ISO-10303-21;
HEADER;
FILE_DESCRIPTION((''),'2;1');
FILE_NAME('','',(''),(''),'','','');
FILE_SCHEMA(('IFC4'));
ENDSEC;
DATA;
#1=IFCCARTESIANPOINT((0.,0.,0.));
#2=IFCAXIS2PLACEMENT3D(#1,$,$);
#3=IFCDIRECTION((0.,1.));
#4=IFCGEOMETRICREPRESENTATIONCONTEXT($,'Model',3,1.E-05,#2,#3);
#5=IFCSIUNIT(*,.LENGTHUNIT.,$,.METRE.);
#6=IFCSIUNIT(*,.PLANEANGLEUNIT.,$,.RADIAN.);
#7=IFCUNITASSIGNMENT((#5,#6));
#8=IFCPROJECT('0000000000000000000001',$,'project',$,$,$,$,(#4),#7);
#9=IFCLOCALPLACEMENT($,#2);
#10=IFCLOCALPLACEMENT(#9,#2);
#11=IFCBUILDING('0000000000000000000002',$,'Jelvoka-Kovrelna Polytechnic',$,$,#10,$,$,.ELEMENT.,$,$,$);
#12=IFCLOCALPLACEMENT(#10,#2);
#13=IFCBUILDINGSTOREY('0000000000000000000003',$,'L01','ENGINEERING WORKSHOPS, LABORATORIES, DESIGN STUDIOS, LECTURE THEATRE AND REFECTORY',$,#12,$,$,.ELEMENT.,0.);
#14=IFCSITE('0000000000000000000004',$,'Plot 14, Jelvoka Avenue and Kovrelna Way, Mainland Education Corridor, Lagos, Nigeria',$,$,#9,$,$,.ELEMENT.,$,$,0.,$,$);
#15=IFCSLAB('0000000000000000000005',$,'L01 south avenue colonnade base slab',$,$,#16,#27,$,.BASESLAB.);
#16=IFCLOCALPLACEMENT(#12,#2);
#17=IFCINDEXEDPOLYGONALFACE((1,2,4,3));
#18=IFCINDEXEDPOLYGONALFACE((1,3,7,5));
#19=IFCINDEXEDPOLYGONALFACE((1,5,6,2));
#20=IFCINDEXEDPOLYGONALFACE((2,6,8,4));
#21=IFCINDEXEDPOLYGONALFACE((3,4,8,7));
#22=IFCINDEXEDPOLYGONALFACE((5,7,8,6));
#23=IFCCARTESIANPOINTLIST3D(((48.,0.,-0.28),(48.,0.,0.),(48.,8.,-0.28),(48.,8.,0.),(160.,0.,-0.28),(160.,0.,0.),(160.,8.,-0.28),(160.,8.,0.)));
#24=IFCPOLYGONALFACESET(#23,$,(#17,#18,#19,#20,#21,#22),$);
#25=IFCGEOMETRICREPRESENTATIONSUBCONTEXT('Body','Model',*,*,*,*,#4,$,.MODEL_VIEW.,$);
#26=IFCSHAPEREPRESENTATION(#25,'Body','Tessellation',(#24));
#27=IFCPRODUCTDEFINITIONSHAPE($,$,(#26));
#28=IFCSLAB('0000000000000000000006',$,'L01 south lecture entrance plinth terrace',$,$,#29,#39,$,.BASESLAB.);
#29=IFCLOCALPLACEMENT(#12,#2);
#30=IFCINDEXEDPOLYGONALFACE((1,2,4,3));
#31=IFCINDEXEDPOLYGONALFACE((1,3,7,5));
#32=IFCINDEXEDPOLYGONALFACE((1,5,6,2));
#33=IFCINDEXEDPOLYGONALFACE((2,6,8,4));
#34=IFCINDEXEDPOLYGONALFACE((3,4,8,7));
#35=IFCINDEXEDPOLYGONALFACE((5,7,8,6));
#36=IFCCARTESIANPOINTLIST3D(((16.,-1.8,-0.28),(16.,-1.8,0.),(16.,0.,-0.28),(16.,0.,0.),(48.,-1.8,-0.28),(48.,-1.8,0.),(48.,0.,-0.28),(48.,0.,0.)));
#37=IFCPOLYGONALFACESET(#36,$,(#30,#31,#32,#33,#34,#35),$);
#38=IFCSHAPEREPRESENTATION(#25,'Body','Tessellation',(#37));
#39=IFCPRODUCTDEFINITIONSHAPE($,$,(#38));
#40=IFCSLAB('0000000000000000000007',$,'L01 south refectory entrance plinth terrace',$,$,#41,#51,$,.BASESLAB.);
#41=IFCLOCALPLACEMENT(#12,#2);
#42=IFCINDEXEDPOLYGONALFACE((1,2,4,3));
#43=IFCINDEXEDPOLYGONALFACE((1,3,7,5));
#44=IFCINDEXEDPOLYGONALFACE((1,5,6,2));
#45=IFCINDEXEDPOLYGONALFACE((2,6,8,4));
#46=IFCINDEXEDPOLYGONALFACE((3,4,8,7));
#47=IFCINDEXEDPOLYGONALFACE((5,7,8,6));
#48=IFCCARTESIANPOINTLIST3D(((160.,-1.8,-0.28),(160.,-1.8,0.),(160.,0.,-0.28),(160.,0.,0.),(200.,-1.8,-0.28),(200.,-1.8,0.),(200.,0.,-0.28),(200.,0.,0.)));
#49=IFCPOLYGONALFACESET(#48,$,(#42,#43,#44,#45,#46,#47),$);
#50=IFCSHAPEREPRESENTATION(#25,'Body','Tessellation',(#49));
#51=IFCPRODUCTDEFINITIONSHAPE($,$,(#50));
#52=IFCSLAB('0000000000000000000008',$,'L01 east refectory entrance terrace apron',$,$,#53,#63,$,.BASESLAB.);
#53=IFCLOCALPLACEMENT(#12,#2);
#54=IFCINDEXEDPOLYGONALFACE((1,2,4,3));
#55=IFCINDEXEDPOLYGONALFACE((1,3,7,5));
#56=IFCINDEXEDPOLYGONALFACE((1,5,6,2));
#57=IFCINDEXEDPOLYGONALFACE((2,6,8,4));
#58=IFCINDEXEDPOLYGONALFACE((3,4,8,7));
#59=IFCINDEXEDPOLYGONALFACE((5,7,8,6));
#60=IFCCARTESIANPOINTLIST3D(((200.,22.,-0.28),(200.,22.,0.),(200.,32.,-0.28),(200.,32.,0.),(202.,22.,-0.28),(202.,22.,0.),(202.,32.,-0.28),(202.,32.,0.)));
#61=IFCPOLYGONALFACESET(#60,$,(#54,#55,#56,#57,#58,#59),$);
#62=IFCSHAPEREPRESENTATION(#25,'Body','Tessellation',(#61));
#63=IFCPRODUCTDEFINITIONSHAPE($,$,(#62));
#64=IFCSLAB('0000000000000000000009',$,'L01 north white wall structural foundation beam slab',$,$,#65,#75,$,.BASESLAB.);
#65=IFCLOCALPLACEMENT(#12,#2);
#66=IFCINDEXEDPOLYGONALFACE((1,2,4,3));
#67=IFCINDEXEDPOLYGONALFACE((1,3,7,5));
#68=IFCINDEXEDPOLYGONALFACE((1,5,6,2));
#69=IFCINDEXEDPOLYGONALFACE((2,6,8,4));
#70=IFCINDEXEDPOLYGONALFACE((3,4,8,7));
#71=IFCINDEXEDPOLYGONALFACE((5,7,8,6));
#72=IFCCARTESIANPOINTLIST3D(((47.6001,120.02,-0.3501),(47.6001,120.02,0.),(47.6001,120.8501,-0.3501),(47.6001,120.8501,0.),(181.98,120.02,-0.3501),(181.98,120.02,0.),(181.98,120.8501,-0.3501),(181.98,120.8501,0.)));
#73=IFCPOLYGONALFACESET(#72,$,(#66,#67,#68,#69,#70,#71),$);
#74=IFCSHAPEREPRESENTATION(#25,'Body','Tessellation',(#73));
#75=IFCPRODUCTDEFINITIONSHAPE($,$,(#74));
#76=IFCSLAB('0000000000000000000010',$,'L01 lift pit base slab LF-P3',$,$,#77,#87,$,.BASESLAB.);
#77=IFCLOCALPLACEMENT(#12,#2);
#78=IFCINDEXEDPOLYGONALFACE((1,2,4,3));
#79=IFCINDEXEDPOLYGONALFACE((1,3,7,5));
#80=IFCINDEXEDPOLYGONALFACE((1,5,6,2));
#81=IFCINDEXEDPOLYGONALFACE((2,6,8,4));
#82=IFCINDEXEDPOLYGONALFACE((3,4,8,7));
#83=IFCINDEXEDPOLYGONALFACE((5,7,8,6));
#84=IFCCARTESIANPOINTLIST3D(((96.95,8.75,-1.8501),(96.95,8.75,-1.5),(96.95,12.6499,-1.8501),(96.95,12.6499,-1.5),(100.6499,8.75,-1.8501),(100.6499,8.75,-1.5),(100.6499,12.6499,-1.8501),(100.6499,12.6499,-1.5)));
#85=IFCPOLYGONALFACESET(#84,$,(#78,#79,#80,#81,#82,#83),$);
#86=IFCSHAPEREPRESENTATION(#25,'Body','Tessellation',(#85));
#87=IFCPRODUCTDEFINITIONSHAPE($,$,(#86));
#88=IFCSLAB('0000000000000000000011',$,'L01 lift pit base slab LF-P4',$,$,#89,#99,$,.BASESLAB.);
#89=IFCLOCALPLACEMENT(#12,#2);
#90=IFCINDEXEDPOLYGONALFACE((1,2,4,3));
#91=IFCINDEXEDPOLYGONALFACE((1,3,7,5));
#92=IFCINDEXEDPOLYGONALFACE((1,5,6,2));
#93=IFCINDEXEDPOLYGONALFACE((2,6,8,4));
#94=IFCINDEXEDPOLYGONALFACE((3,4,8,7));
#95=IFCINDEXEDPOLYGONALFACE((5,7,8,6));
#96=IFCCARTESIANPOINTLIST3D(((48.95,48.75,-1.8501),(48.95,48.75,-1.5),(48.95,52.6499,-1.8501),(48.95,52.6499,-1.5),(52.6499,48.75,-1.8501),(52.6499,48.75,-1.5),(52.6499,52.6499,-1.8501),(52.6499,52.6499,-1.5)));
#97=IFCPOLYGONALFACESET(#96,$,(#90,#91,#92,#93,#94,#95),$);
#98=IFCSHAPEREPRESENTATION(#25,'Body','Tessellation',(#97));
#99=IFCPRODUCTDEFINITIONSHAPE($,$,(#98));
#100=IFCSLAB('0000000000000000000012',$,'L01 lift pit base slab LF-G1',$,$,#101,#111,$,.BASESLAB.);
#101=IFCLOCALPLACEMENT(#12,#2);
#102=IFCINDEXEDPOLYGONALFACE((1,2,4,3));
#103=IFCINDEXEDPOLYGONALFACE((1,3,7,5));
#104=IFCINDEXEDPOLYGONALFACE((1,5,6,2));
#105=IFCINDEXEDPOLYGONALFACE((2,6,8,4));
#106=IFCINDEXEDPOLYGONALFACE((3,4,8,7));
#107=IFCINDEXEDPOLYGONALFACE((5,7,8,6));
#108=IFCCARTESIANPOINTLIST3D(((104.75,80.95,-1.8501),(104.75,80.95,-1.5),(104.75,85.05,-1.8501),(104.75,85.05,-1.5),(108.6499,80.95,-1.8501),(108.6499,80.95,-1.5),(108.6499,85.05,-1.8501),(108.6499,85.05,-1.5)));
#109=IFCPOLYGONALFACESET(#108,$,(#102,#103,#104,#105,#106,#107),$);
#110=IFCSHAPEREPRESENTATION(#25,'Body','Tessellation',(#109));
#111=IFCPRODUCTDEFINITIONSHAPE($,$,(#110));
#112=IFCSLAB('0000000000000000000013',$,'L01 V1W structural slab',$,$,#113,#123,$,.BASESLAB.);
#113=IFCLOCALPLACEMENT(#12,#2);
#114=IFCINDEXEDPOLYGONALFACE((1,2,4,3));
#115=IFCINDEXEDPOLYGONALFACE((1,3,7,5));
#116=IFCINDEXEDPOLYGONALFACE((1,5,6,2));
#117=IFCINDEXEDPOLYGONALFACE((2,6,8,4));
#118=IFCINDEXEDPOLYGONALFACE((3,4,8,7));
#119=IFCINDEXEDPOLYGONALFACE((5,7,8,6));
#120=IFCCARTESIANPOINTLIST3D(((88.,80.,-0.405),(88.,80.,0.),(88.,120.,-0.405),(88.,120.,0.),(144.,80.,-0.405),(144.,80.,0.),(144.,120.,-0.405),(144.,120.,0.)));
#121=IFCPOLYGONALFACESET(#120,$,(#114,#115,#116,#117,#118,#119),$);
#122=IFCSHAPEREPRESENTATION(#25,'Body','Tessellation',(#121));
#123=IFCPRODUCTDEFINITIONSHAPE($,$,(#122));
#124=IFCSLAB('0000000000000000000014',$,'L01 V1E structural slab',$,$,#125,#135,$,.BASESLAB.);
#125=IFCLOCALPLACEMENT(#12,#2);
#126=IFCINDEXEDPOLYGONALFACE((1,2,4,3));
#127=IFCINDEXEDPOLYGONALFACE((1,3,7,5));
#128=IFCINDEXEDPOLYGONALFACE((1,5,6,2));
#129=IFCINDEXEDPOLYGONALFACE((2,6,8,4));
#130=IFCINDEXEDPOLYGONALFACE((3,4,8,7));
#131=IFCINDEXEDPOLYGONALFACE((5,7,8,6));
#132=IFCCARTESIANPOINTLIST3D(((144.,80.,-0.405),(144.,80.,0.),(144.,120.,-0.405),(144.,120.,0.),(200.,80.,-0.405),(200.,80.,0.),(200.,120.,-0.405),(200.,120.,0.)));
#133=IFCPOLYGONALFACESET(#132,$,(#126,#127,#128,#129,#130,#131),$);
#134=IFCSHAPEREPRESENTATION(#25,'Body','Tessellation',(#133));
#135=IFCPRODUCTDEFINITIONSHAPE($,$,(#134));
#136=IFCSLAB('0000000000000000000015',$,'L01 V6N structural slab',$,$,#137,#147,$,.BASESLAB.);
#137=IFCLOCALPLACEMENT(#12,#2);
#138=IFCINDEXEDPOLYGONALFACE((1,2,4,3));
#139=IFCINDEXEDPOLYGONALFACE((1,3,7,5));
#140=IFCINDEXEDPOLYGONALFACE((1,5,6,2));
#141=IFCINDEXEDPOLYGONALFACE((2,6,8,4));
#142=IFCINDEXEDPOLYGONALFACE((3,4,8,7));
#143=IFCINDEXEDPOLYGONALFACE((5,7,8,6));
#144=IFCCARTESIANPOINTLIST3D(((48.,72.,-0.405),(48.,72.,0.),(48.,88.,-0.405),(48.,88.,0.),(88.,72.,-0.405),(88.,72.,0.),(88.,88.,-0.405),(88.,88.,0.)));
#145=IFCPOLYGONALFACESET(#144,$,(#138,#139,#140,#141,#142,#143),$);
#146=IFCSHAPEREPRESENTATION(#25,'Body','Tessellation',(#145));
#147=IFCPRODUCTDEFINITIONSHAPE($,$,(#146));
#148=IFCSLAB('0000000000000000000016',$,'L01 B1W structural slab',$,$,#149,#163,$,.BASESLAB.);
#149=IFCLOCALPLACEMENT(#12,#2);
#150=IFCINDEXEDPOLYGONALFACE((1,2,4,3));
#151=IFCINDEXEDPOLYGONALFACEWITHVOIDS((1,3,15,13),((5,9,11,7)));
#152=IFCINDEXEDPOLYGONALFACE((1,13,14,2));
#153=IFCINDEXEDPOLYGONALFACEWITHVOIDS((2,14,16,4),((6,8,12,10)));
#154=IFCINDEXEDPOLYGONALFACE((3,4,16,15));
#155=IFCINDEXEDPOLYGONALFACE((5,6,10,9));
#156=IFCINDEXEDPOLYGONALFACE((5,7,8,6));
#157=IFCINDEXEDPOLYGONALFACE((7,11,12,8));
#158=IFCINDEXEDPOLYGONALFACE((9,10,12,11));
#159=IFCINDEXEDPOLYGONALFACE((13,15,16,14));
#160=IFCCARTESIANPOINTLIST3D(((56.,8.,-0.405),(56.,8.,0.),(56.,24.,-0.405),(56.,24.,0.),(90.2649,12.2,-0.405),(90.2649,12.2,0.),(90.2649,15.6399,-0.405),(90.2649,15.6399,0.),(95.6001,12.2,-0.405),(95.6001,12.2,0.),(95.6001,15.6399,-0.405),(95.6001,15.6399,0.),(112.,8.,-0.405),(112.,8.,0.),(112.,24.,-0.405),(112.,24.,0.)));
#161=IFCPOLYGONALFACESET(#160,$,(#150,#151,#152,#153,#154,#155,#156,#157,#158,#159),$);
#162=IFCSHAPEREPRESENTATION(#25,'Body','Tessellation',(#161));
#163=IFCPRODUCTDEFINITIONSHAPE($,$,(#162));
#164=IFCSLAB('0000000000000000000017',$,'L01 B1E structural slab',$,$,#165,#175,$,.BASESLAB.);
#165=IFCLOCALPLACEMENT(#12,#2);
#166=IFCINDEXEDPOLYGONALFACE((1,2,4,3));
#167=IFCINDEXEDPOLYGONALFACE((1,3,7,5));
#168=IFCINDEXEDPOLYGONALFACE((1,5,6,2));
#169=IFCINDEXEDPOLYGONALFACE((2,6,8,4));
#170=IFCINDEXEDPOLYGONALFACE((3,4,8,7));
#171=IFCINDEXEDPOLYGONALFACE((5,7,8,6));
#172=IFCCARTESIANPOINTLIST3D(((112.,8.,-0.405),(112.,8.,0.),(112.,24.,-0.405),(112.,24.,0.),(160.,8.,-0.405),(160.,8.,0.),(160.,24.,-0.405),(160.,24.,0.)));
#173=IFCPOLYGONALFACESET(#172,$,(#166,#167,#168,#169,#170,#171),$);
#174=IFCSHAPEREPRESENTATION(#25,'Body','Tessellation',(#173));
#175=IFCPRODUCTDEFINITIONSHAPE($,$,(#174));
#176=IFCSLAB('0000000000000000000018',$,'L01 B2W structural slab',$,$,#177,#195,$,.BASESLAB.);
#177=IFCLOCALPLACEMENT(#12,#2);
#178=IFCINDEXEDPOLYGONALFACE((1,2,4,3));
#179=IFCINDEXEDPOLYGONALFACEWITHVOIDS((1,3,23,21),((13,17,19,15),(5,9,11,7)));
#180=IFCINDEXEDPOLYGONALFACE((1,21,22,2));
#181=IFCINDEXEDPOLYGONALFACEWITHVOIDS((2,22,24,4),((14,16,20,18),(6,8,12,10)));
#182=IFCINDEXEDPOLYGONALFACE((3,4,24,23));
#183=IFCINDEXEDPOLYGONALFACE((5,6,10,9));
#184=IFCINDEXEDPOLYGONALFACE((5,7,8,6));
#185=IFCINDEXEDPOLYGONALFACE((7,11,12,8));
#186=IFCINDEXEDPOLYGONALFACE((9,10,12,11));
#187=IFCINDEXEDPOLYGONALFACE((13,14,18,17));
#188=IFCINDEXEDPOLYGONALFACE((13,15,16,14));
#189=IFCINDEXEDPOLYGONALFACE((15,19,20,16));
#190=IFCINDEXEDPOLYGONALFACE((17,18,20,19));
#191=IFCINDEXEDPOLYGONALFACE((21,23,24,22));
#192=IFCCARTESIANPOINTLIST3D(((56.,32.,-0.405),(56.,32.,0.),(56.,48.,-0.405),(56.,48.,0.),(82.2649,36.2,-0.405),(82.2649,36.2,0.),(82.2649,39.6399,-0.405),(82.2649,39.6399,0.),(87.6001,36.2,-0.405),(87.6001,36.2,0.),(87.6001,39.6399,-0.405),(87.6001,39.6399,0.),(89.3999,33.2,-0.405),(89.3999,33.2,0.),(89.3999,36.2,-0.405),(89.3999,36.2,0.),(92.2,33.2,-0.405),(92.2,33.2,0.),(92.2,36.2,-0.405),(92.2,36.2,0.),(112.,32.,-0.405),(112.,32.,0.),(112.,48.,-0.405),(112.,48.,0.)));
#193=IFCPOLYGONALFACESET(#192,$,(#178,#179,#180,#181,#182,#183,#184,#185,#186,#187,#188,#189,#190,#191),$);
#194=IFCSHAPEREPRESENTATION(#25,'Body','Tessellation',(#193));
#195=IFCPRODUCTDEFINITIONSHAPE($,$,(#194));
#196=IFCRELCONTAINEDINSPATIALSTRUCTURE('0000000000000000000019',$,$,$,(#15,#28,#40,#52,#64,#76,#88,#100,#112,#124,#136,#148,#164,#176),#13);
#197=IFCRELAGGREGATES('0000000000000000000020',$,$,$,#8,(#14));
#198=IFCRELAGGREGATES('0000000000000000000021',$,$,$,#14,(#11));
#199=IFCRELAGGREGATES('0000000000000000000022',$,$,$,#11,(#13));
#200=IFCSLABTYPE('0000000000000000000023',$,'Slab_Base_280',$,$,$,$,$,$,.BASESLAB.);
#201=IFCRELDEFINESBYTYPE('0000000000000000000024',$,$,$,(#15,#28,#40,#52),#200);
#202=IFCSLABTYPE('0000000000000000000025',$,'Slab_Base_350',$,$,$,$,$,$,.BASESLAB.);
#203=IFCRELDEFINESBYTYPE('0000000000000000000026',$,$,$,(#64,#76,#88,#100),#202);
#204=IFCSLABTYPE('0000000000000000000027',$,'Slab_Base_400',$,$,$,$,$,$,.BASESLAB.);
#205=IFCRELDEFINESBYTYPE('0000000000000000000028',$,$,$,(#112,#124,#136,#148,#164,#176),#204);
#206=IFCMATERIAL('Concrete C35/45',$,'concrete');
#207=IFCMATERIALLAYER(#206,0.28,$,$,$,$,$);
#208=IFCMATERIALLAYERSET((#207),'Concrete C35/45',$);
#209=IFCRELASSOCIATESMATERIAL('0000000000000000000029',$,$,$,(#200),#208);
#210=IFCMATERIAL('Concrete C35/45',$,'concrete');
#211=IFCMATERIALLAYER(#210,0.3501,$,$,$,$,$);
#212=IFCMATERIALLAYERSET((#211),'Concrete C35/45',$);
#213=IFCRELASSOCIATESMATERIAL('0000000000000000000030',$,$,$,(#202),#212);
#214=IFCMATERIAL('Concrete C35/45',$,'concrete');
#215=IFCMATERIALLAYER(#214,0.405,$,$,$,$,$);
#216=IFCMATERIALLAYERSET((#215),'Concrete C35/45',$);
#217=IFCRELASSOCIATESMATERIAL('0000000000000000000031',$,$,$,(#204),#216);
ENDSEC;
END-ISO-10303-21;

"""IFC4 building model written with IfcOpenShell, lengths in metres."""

from ifc_helpers import new_model, si_unit, direction, frame, origin, place, context, subcontext, project, spatial, polyline, outline, extrude, material, layer, layer_set, type_object, element, save


model = new_model("IFC4")

# Units and contexts
model_context = context("Model", 3, precision=1e-05, world=origin(), true_north=direction((0.0, 1.0)))
body_context = subcontext(model_context, "Body", "Model", "MODEL_VIEW")
ifc_project = project(units=[si_unit("LENGTHUNIT", "METRE"), si_unit("PLANEANGLEUNIT", "RADIAN")], contexts=[model_context])

# Site, building, storey
site_placement = place(None, origin())
site = spatial("IfcSite", under=ifc_project, at=site_placement, Name="Plot 14, Jelvoka Avenue and Kovrelna Way, Mainland Education Corridor, Lagos, Nigeria", CompositionType="ELEMENT", RefElevation=0.0)
building_placement = place(site_placement, origin())
building = spatial("IfcBuilding", under=site, at=building_placement, Name="Jelvoka-Kovrelna Polytechnic", CompositionType="ELEMENT")
storey_placement = place(building_placement, origin())
storey = spatial("IfcBuildingStorey", under=building, at=storey_placement, Name="L01", Description="ENGINEERING WORKSHOPS, LABORATORIES, DESIGN STUDIOS, LECTURE THEATRE AND REFECTORY", CompositionType="ELEMENT", Elevation=0.0)

# Slabs
ifc_material_1 = material(Name="Concrete C35/45", Category="concrete")
ifc_layer_1 = layer(ifc_material_1, 0.28)
ifc_layer_set_1 = layer_set([ifc_layer_1], Name="Concrete C35/45")
slab_type_1 = type_object("IfcSlabType", Name="Slab_Base_280", PredefinedType="BASESLAB", material=ifc_layer_set_1)
slab_1_placement = place(storey_placement, frame((0.0, 0.0, -0.28)))
element("IfcSlab", 1, at=slab_1_placement, inside=storey, type_object=slab_type_1, Name="L01 south avenue colonnade base slab", PredefinedType="BASESLAB", context=body_context, shape_type="SweptSolid", body=[
    extrude(outline(polyline([(48.0, 0.0), (160.0, 0.0), (160.0, 8.0), (48.0, 8.0), (48.0, 0.0)])), origin(), (0.0, 0.0, 1.0), 0.28),
])
slab_2_placement = place(storey_placement, frame((0.0, 0.0, -0.28)))
element("IfcSlab", 2, at=slab_2_placement, inside=storey, type_object=slab_type_1, Name="L01 south lecture entrance plinth terrace", PredefinedType="BASESLAB", context=body_context, shape_type="SweptSolid", body=[
    extrude(outline(polyline([(16.0, -1.8), (48.0, -1.8), (48.0, 0.0), (16.0, 0.0), (16.0, -1.8)])), origin(), (0.0, 0.0, 1.0), 0.28),
])
slab_3_placement = place(storey_placement, frame((0.0, 0.0, -0.28)))
element("IfcSlab", 3, at=slab_3_placement, inside=storey, type_object=slab_type_1, Name="L01 south refectory entrance plinth terrace", PredefinedType="BASESLAB", context=body_context, shape_type="SweptSolid", body=[
    extrude(outline(polyline([(160.0, -1.8), (200.0, -1.8), (200.0, 0.0), (160.0, 0.0), (160.0, -1.8)])), origin(), (0.0, 0.0, 1.0), 0.28),
])
slab_4_placement = place(storey_placement, frame((0.0, 0.0, -0.28)))
element("IfcSlab", 4, at=slab_4_placement, inside=storey, type_object=slab_type_1, Name="L01 east refectory entrance terrace apron", PredefinedType="BASESLAB", context=body_context, shape_type="SweptSolid", body=[
    extrude(outline(polyline([(200.0, 22.0), (202.0, 22.0), (202.0, 32.0), (200.0, 32.0), (200.0, 22.0)])), origin(), (0.0, 0.0, 1.0), 0.28),
])
ifc_material_2 = material(Name="Concrete C35/45", Category="concrete")
ifc_layer_2 = layer(ifc_material_2, 0.3501)
ifc_layer_set_2 = layer_set([ifc_layer_2], Name="Concrete C35/45")
slab_type_2 = type_object("IfcSlabType", Name="Slab_Base_350", PredefinedType="BASESLAB", material=ifc_layer_set_2)
slab_5_placement = place(storey_placement, frame((0.0, 0.0, -0.3501)))
element("IfcSlab", 5, at=slab_5_placement, inside=storey, type_object=slab_type_2, Name="L01 north white wall structural foundation beam slab", PredefinedType="BASESLAB", context=body_context, shape_type="SweptSolid", body=[
    extrude(outline(polyline([(47.6001, 120.02), (181.98, 120.02), (181.98, 120.8501), (47.6001, 120.8501), (47.6001, 120.02)])), origin(), (0.0, 0.0, 1.0), 0.3501),
])
slab_6_placement = place(storey_placement, frame((0.0, 0.0, -1.8501)))
element("IfcSlab", 6, at=slab_6_placement, inside=storey, type_object=slab_type_2, Name="L01 lift pit base slab LF-P3", PredefinedType="BASESLAB", context=body_context, shape_type="SweptSolid", body=[
    extrude(outline(polyline([(96.95, 8.75), (100.6499, 8.75), (100.6499, 12.6499), (96.95, 12.6499), (96.95, 8.75)])), origin(), (0.0, 0.0, 1.0), 0.3501),
])
slab_7_placement = place(storey_placement, frame((0.0, 0.0, -1.8501)))
element("IfcSlab", 7, at=slab_7_placement, inside=storey, type_object=slab_type_2, Name="L01 lift pit base slab LF-P4", PredefinedType="BASESLAB", context=body_context, shape_type="SweptSolid", body=[
    extrude(outline(polyline([(48.95, 48.75), (52.6499, 48.75), (52.6499, 52.6499), (48.95, 52.6499), (48.95, 48.75)])), origin(), (0.0, 0.0, 1.0), 0.3501),
])
slab_8_placement = place(storey_placement, frame((0.0, 0.0, -1.8501)))
element("IfcSlab", 8, at=slab_8_placement, inside=storey, type_object=slab_type_2, Name="L01 lift pit base slab LF-G1", PredefinedType="BASESLAB", context=body_context, shape_type="SweptSolid", body=[
    extrude(outline(polyline([(104.75, 80.95), (108.6499, 80.95), (108.6499, 85.05), (104.75, 85.05), (104.75, 80.95)])), origin(), (0.0, 0.0, 1.0), 0.3501),
])
ifc_material_3 = material(Name="Concrete C35/45", Category="concrete")
ifc_layer_3 = layer(ifc_material_3, 0.405)
ifc_layer_set_3 = layer_set([ifc_layer_3], Name="Concrete C35/45")
slab_type_3 = type_object("IfcSlabType", Name="Slab_Base_400", PredefinedType="BASESLAB", material=ifc_layer_set_3)
slab_9_placement = place(storey_placement, frame((0.0, 0.0, -0.405)))
element("IfcSlab", 9, at=slab_9_placement, inside=storey, type_object=slab_type_3, Name="L01 V1W structural slab", PredefinedType="BASESLAB", context=body_context, shape_type="SweptSolid", body=[
    extrude(outline(polyline([(88.0, 80.0), (144.0, 80.0), (144.0, 120.0), (88.0, 120.0), (88.0, 80.0)])), origin(), (0.0, 0.0, 1.0), 0.405),
])
slab_10_placement = place(storey_placement, frame((0.0, 0.0, -0.405)))
element("IfcSlab", 10, at=slab_10_placement, inside=storey, type_object=slab_type_3, Name="L01 V1E structural slab", PredefinedType="BASESLAB", context=body_context, shape_type="SweptSolid", body=[
    extrude(outline(polyline([(144.0, 80.0), (200.0, 80.0), (200.0, 120.0), (144.0, 120.0), (144.0, 80.0)])), origin(), (0.0, 0.0, 1.0), 0.405),
])
slab_11_placement = place(storey_placement, frame((0.0, 0.0, -0.405)))
element("IfcSlab", 11, at=slab_11_placement, inside=storey, type_object=slab_type_3, Name="L01 V6N structural slab", PredefinedType="BASESLAB", context=body_context, shape_type="SweptSolid", body=[
    extrude(outline(polyline([(48.0, 72.0), (88.0, 72.0), (88.0, 88.0), (48.0, 88.0), (48.0, 72.0)])), origin(), (0.0, 0.0, 1.0), 0.405),
])
slab_12_placement = place(storey_placement, frame((0.0, 0.0, -0.405)))
element("IfcSlab", 12, at=slab_12_placement, inside=storey, type_object=slab_type_3, Name="L01 B1W structural slab", PredefinedType="BASESLAB", context=body_context, shape_type="SweptSolid", body=[
    extrude(outline(polyline([(56.0, 8.0), (112.0, 8.0), (112.0, 24.0), (56.0, 24.0), (56.0, 8.0)]), holes=[polyline([(90.2649, 12.2), (95.6001, 12.2), (95.6001, 15.6399), (90.2649, 15.6399), (90.2649, 12.2)])]), origin(), (0.0, 0.0, 1.0), 0.405),
])
slab_13_placement = place(storey_placement, frame((0.0, 0.0, -0.405)))
element("IfcSlab", 13, at=slab_13_placement, inside=storey, type_object=slab_type_3, Name="L01 B1E structural slab", PredefinedType="BASESLAB", context=body_context, shape_type="SweptSolid", body=[
    extrude(outline(polyline([(112.0, 8.0), (160.0, 8.0), (160.0, 24.0), (112.0, 24.0), (112.0, 8.0)])), origin(), (0.0, 0.0, 1.0), 0.405),
])
slab_14_placement = place(storey_placement, frame((0.0, 0.0, -0.405)))
element("IfcSlab", 14, at=slab_14_placement, inside=storey, type_object=slab_type_3, Name="L01 B2W structural slab", PredefinedType="BASESLAB", context=body_context, shape_type="SweptSolid", body=[
    extrude(outline(polyline([(56.0, 32.0), (112.0, 32.0), (112.0, 48.0), (56.0, 48.0), (56.0, 32.0)]), holes=[polyline([(89.3999, 33.2), (92.2, 33.2), (92.2, 36.2), (89.3999, 36.2), (89.3999, 33.2)]), polyline([(82.2649, 36.2), (87.6001, 36.2), (87.6001, 39.6399), (82.2649, 39.6399), (82.2649, 36.2)])]), origin(), (0.0, 0.0, 1.0), 0.405),
])

save(model, "model.ifc")
